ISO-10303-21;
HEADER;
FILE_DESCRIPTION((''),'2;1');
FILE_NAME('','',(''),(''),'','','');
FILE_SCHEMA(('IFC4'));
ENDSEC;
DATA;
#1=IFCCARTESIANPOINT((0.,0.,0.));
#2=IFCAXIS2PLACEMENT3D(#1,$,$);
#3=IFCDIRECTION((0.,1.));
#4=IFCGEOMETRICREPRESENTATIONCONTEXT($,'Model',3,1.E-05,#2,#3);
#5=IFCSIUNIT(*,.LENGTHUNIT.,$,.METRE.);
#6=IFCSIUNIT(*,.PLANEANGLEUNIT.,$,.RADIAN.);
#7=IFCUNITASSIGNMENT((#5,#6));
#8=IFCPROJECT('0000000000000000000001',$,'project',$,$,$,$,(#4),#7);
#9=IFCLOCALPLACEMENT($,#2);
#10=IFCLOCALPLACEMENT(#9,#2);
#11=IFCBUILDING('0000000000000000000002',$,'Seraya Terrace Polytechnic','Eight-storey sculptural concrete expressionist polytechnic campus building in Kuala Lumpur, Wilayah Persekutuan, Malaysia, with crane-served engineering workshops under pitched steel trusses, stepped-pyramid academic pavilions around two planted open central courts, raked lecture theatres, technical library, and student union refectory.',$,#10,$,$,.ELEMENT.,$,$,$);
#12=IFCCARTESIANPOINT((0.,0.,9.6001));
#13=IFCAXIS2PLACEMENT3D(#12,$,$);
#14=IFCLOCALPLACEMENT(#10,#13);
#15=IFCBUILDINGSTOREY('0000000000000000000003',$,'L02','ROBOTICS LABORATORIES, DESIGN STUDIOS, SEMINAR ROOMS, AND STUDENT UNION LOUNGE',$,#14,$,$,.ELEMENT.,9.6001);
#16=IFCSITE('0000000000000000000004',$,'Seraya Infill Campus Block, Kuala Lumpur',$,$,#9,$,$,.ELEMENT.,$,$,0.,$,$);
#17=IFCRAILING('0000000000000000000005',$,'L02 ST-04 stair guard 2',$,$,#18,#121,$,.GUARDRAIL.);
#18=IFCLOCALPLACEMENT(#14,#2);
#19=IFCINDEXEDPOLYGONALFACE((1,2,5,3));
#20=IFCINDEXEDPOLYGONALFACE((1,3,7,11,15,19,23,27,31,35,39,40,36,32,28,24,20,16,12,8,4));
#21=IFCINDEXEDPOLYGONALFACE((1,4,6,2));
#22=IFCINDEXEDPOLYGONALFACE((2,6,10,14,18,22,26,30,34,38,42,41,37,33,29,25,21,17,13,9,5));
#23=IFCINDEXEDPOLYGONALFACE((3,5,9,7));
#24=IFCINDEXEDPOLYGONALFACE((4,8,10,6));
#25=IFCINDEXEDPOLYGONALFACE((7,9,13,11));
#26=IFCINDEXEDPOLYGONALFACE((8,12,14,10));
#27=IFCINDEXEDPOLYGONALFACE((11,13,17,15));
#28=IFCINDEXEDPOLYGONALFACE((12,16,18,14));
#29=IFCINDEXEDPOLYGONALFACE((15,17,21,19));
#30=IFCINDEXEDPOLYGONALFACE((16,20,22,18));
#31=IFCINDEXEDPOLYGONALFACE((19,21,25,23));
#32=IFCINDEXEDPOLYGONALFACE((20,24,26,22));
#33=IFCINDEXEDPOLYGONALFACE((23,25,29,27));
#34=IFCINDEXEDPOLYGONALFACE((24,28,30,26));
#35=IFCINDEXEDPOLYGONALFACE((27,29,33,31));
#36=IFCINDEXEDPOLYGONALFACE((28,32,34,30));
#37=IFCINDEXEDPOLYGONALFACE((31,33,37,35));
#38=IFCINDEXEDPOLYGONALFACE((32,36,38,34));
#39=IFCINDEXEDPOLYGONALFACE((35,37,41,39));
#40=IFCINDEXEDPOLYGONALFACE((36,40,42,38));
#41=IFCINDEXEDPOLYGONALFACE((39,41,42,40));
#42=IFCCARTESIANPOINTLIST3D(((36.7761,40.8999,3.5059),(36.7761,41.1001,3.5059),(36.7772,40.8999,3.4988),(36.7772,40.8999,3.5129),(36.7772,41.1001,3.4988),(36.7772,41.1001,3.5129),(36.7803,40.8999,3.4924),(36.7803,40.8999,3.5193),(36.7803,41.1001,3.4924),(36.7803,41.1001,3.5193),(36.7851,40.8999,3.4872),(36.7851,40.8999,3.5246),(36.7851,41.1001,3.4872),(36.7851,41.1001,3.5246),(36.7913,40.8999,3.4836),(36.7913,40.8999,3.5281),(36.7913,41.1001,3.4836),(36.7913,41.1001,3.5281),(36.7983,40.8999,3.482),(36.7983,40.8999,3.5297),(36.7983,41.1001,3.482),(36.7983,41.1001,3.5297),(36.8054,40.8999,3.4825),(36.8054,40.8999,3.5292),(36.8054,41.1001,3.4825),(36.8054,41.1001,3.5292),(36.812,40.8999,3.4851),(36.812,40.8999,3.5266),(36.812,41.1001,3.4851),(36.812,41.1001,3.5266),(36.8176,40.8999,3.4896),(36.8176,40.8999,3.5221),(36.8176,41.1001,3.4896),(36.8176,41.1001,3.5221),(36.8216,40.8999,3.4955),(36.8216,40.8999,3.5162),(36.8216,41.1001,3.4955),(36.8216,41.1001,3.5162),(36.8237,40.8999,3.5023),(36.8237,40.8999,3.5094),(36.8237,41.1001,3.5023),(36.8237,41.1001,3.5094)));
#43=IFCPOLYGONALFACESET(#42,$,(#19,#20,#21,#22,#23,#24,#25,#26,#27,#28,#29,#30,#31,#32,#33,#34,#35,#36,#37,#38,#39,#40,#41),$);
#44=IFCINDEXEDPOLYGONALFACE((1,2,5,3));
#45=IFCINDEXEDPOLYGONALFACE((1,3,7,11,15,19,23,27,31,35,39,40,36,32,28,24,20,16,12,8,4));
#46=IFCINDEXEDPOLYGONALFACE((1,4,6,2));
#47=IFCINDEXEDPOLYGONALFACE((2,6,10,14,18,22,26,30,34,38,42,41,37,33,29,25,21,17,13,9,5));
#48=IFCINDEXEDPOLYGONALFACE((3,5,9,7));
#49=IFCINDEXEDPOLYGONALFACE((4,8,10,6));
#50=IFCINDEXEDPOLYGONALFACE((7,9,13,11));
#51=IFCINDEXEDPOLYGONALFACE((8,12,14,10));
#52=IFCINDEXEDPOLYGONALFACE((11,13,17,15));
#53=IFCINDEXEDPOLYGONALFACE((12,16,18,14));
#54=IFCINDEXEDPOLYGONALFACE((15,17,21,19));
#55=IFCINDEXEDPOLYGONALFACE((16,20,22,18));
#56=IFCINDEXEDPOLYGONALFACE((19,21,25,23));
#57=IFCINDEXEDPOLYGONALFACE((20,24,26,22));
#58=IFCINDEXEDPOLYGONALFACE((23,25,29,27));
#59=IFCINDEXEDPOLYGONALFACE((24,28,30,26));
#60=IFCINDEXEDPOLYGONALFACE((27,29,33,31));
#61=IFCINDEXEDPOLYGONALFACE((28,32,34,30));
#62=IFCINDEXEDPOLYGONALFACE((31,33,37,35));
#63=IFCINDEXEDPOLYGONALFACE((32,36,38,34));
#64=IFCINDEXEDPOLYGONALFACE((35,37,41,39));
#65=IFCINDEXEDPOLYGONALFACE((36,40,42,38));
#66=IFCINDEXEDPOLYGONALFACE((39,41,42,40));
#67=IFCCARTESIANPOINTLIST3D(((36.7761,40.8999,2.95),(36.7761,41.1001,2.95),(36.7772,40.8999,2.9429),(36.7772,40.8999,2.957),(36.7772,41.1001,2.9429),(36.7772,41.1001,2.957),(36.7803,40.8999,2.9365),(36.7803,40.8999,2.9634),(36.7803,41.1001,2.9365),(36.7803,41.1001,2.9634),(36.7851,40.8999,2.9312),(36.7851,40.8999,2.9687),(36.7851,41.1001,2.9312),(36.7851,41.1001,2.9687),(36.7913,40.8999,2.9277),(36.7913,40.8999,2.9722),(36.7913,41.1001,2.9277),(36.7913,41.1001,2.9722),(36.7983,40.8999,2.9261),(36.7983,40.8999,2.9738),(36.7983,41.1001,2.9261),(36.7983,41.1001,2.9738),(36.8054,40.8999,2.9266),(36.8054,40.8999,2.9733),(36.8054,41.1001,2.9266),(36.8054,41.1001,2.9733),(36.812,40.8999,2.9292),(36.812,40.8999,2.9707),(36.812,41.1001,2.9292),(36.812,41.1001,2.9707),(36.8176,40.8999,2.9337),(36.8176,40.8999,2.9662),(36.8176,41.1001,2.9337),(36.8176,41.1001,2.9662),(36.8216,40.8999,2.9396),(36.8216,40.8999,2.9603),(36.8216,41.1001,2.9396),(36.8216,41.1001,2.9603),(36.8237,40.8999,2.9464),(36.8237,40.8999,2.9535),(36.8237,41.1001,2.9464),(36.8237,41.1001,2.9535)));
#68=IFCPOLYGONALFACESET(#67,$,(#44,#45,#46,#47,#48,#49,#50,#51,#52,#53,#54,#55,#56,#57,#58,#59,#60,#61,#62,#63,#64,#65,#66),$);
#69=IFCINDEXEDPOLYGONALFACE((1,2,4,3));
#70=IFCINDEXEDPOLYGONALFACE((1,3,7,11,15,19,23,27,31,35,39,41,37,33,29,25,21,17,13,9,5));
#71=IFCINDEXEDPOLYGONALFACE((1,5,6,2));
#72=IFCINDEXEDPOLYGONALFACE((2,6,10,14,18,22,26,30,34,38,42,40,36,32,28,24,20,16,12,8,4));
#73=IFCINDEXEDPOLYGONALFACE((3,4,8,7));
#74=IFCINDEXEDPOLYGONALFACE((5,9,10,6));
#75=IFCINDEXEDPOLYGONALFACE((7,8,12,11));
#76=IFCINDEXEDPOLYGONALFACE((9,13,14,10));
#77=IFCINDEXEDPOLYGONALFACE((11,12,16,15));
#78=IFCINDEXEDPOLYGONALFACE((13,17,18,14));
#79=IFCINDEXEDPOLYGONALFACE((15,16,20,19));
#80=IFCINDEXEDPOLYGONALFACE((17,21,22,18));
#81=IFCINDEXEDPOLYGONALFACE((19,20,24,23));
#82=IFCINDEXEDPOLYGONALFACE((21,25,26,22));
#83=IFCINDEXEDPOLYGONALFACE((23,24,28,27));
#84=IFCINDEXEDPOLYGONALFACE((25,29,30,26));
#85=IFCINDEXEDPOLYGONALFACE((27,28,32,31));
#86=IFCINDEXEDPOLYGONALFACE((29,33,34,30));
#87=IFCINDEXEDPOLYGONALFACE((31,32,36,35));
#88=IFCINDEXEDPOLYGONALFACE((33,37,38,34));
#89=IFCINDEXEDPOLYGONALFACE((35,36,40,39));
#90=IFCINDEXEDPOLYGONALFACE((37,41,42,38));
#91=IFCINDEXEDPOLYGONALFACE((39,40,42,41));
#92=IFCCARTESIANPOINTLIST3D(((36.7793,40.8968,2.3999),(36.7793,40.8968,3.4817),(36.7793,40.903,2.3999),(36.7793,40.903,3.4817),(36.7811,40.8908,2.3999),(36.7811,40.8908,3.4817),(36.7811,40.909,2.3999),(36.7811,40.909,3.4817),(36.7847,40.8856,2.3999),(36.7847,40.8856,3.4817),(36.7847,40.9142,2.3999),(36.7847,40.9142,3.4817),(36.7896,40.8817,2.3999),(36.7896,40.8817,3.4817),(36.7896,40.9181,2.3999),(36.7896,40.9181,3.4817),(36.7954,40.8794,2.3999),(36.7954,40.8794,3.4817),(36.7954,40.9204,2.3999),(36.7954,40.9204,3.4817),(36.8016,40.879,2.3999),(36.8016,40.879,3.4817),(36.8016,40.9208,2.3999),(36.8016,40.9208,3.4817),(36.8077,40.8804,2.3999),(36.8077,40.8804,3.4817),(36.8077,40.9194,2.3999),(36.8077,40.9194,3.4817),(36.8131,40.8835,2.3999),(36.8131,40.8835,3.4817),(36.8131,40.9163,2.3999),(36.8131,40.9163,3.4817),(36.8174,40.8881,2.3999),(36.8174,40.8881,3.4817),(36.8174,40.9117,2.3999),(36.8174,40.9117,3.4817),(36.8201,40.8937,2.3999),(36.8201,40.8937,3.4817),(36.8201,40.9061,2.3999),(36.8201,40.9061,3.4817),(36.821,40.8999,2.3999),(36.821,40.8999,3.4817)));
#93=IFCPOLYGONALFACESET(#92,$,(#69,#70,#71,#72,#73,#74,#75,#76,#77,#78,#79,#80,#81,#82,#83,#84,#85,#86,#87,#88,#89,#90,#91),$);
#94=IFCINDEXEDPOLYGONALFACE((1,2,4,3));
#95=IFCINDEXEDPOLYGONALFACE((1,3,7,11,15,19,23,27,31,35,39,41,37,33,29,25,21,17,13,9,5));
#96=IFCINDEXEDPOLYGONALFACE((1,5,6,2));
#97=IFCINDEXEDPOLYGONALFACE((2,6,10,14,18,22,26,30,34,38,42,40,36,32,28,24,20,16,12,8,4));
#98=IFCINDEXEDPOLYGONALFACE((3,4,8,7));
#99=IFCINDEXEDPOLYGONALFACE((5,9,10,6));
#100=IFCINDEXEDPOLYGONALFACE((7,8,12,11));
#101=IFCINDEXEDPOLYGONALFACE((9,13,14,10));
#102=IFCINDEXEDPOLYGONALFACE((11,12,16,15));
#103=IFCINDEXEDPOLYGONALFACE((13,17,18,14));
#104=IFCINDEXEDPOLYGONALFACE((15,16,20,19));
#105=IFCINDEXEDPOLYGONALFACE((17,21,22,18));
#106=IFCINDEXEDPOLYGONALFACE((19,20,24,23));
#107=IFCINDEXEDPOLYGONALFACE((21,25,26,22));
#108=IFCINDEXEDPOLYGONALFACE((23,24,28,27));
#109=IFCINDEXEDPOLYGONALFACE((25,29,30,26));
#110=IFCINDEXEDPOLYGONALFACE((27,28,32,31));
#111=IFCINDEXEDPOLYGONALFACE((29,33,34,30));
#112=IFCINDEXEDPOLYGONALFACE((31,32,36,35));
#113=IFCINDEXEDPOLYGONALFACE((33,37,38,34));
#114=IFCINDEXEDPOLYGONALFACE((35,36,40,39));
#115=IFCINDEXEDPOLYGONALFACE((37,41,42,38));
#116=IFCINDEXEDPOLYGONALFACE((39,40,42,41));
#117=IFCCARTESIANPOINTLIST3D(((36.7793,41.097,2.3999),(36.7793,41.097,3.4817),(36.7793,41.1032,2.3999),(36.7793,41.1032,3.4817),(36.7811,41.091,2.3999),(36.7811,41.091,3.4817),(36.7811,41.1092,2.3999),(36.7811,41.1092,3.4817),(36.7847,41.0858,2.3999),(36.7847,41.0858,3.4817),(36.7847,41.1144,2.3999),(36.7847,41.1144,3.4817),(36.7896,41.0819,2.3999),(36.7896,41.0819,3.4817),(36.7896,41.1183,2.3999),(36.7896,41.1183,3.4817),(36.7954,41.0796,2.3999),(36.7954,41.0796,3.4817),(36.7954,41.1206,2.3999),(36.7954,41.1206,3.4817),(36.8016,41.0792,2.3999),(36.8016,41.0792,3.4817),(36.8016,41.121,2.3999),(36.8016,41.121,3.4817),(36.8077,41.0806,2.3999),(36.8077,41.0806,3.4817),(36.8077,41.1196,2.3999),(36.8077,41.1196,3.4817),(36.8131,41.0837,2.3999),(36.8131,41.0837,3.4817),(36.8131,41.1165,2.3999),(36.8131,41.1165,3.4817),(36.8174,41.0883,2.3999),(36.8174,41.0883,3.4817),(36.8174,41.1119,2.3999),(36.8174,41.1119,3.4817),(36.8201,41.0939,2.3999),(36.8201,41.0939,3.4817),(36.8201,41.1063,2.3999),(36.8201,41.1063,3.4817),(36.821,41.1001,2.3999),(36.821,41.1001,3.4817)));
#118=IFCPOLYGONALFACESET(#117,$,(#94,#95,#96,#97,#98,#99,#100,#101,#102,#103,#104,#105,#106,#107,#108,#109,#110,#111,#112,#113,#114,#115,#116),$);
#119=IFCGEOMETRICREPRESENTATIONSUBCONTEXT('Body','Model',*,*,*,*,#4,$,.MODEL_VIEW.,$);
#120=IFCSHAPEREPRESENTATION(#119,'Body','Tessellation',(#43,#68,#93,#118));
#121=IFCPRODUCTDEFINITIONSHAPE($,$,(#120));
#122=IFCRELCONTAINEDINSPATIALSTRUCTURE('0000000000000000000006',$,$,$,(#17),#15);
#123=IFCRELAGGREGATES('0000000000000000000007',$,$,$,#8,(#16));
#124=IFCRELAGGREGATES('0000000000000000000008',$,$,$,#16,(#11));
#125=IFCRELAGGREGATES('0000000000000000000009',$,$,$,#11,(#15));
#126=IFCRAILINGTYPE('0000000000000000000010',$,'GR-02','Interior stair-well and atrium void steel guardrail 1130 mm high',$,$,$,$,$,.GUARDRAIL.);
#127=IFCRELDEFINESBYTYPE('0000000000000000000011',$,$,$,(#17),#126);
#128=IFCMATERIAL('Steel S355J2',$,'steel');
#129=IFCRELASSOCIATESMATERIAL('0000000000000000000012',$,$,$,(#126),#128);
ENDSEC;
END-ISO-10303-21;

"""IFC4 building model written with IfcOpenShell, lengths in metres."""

from ifc_helpers import new_model, si_unit, direction, frame, origin, origin_2d, place, context, subcontext, project, spatial, circle, extrude, material, type_object, element, save


model = new_model("IFC4")

# Units and contexts
model_context = context("Model", 3, precision=1e-05, world=origin(), true_north=direction((0.0, 1.0)))
body_context = subcontext(model_context, "Body", "Model", "MODEL_VIEW")
ifc_project = project(units=[si_unit("LENGTHUNIT", "METRE"), si_unit("PLANEANGLEUNIT", "RADIAN")], contexts=[model_context])

# Site, building, storey
site_placement = place(None, origin())
site = spatial("IfcSite", under=ifc_project, at=site_placement, Name="Seraya Infill Campus Block, Kuala Lumpur", CompositionType="ELEMENT", RefElevation=0.0)
building_placement = place(site_placement, origin())
building = spatial("IfcBuilding", under=site, at=building_placement, Name="Seraya Terrace Polytechnic", Description="Eight-storey sculptural concrete expressionist polytechnic campus building in Kuala Lumpur, Wilayah Persekutuan, Malaysia, with crane-served engineering workshops under pitched steel trusses, stepped-pyramid academic pavilions around two planted open central courts, raked lecture theatres, technical library, and student union refectory.", CompositionType="ELEMENT")
storey_placement = place(building_placement, frame((0.0, 0.0, 9.6001)))
storey = spatial("IfcBuildingStorey", under=building, at=storey_placement, Name="L02", Description="ROBOTICS LABORATORIES, DESIGN STUDIOS, SEMINAR ROOMS, AND STUDENT UNION LOUNGE", CompositionType="ELEMENT", Elevation=9.6001)

# Shared definitions
ifc_material_1 = material(Name="Steel S355J2", Category="steel")

# Railing
railing_type_1 = type_object("IfcRailingType", Name="GR-02", Description="Interior stair-well and atrium void steel guardrail 1130 mm high", PredefinedType="GUARDRAIL", material=ifc_material_1)
railing_1_placement = place(storey_placement, frame((36.8, 40.8999, 2.3999)))
element("IfcRailing", 1, at=railing_1_placement, inside=storey, type_object=railing_type_1, Name="L02 ST-04 stair guard 2", PredefinedType="GUARDRAIL", context=body_context, shape_type="SweptSolid", body=[
    extrude(circle(Radius=0.0239, at=origin_2d()), frame((0.0, 0.0, 1.106), z_axis=(0.0, 1.0, 0.0), x_axis=(-1.0, 0.0, 0.0)), (0.0, 0.0, 1.0), 0.2002),
    extrude(circle(Radius=0.0239, at=origin_2d()), frame((0.0, 0.0, 0.55), z_axis=(0.0, 1.0, 0.0), x_axis=(-1.0, 0.0, 0.0)), (0.0, 0.0, 1.0), 0.2002),
    extrude(circle(Radius=0.021, at=origin_2d()), origin(), (0.0, 0.0, 1.0), 1.0818),
    extrude(circle(Radius=0.021, at=origin_2d()), frame((0.0, 0.2002, 0.0)), (0.0, 0.0, 1.0), 1.0818),
])

save(model, "model.ifc")
